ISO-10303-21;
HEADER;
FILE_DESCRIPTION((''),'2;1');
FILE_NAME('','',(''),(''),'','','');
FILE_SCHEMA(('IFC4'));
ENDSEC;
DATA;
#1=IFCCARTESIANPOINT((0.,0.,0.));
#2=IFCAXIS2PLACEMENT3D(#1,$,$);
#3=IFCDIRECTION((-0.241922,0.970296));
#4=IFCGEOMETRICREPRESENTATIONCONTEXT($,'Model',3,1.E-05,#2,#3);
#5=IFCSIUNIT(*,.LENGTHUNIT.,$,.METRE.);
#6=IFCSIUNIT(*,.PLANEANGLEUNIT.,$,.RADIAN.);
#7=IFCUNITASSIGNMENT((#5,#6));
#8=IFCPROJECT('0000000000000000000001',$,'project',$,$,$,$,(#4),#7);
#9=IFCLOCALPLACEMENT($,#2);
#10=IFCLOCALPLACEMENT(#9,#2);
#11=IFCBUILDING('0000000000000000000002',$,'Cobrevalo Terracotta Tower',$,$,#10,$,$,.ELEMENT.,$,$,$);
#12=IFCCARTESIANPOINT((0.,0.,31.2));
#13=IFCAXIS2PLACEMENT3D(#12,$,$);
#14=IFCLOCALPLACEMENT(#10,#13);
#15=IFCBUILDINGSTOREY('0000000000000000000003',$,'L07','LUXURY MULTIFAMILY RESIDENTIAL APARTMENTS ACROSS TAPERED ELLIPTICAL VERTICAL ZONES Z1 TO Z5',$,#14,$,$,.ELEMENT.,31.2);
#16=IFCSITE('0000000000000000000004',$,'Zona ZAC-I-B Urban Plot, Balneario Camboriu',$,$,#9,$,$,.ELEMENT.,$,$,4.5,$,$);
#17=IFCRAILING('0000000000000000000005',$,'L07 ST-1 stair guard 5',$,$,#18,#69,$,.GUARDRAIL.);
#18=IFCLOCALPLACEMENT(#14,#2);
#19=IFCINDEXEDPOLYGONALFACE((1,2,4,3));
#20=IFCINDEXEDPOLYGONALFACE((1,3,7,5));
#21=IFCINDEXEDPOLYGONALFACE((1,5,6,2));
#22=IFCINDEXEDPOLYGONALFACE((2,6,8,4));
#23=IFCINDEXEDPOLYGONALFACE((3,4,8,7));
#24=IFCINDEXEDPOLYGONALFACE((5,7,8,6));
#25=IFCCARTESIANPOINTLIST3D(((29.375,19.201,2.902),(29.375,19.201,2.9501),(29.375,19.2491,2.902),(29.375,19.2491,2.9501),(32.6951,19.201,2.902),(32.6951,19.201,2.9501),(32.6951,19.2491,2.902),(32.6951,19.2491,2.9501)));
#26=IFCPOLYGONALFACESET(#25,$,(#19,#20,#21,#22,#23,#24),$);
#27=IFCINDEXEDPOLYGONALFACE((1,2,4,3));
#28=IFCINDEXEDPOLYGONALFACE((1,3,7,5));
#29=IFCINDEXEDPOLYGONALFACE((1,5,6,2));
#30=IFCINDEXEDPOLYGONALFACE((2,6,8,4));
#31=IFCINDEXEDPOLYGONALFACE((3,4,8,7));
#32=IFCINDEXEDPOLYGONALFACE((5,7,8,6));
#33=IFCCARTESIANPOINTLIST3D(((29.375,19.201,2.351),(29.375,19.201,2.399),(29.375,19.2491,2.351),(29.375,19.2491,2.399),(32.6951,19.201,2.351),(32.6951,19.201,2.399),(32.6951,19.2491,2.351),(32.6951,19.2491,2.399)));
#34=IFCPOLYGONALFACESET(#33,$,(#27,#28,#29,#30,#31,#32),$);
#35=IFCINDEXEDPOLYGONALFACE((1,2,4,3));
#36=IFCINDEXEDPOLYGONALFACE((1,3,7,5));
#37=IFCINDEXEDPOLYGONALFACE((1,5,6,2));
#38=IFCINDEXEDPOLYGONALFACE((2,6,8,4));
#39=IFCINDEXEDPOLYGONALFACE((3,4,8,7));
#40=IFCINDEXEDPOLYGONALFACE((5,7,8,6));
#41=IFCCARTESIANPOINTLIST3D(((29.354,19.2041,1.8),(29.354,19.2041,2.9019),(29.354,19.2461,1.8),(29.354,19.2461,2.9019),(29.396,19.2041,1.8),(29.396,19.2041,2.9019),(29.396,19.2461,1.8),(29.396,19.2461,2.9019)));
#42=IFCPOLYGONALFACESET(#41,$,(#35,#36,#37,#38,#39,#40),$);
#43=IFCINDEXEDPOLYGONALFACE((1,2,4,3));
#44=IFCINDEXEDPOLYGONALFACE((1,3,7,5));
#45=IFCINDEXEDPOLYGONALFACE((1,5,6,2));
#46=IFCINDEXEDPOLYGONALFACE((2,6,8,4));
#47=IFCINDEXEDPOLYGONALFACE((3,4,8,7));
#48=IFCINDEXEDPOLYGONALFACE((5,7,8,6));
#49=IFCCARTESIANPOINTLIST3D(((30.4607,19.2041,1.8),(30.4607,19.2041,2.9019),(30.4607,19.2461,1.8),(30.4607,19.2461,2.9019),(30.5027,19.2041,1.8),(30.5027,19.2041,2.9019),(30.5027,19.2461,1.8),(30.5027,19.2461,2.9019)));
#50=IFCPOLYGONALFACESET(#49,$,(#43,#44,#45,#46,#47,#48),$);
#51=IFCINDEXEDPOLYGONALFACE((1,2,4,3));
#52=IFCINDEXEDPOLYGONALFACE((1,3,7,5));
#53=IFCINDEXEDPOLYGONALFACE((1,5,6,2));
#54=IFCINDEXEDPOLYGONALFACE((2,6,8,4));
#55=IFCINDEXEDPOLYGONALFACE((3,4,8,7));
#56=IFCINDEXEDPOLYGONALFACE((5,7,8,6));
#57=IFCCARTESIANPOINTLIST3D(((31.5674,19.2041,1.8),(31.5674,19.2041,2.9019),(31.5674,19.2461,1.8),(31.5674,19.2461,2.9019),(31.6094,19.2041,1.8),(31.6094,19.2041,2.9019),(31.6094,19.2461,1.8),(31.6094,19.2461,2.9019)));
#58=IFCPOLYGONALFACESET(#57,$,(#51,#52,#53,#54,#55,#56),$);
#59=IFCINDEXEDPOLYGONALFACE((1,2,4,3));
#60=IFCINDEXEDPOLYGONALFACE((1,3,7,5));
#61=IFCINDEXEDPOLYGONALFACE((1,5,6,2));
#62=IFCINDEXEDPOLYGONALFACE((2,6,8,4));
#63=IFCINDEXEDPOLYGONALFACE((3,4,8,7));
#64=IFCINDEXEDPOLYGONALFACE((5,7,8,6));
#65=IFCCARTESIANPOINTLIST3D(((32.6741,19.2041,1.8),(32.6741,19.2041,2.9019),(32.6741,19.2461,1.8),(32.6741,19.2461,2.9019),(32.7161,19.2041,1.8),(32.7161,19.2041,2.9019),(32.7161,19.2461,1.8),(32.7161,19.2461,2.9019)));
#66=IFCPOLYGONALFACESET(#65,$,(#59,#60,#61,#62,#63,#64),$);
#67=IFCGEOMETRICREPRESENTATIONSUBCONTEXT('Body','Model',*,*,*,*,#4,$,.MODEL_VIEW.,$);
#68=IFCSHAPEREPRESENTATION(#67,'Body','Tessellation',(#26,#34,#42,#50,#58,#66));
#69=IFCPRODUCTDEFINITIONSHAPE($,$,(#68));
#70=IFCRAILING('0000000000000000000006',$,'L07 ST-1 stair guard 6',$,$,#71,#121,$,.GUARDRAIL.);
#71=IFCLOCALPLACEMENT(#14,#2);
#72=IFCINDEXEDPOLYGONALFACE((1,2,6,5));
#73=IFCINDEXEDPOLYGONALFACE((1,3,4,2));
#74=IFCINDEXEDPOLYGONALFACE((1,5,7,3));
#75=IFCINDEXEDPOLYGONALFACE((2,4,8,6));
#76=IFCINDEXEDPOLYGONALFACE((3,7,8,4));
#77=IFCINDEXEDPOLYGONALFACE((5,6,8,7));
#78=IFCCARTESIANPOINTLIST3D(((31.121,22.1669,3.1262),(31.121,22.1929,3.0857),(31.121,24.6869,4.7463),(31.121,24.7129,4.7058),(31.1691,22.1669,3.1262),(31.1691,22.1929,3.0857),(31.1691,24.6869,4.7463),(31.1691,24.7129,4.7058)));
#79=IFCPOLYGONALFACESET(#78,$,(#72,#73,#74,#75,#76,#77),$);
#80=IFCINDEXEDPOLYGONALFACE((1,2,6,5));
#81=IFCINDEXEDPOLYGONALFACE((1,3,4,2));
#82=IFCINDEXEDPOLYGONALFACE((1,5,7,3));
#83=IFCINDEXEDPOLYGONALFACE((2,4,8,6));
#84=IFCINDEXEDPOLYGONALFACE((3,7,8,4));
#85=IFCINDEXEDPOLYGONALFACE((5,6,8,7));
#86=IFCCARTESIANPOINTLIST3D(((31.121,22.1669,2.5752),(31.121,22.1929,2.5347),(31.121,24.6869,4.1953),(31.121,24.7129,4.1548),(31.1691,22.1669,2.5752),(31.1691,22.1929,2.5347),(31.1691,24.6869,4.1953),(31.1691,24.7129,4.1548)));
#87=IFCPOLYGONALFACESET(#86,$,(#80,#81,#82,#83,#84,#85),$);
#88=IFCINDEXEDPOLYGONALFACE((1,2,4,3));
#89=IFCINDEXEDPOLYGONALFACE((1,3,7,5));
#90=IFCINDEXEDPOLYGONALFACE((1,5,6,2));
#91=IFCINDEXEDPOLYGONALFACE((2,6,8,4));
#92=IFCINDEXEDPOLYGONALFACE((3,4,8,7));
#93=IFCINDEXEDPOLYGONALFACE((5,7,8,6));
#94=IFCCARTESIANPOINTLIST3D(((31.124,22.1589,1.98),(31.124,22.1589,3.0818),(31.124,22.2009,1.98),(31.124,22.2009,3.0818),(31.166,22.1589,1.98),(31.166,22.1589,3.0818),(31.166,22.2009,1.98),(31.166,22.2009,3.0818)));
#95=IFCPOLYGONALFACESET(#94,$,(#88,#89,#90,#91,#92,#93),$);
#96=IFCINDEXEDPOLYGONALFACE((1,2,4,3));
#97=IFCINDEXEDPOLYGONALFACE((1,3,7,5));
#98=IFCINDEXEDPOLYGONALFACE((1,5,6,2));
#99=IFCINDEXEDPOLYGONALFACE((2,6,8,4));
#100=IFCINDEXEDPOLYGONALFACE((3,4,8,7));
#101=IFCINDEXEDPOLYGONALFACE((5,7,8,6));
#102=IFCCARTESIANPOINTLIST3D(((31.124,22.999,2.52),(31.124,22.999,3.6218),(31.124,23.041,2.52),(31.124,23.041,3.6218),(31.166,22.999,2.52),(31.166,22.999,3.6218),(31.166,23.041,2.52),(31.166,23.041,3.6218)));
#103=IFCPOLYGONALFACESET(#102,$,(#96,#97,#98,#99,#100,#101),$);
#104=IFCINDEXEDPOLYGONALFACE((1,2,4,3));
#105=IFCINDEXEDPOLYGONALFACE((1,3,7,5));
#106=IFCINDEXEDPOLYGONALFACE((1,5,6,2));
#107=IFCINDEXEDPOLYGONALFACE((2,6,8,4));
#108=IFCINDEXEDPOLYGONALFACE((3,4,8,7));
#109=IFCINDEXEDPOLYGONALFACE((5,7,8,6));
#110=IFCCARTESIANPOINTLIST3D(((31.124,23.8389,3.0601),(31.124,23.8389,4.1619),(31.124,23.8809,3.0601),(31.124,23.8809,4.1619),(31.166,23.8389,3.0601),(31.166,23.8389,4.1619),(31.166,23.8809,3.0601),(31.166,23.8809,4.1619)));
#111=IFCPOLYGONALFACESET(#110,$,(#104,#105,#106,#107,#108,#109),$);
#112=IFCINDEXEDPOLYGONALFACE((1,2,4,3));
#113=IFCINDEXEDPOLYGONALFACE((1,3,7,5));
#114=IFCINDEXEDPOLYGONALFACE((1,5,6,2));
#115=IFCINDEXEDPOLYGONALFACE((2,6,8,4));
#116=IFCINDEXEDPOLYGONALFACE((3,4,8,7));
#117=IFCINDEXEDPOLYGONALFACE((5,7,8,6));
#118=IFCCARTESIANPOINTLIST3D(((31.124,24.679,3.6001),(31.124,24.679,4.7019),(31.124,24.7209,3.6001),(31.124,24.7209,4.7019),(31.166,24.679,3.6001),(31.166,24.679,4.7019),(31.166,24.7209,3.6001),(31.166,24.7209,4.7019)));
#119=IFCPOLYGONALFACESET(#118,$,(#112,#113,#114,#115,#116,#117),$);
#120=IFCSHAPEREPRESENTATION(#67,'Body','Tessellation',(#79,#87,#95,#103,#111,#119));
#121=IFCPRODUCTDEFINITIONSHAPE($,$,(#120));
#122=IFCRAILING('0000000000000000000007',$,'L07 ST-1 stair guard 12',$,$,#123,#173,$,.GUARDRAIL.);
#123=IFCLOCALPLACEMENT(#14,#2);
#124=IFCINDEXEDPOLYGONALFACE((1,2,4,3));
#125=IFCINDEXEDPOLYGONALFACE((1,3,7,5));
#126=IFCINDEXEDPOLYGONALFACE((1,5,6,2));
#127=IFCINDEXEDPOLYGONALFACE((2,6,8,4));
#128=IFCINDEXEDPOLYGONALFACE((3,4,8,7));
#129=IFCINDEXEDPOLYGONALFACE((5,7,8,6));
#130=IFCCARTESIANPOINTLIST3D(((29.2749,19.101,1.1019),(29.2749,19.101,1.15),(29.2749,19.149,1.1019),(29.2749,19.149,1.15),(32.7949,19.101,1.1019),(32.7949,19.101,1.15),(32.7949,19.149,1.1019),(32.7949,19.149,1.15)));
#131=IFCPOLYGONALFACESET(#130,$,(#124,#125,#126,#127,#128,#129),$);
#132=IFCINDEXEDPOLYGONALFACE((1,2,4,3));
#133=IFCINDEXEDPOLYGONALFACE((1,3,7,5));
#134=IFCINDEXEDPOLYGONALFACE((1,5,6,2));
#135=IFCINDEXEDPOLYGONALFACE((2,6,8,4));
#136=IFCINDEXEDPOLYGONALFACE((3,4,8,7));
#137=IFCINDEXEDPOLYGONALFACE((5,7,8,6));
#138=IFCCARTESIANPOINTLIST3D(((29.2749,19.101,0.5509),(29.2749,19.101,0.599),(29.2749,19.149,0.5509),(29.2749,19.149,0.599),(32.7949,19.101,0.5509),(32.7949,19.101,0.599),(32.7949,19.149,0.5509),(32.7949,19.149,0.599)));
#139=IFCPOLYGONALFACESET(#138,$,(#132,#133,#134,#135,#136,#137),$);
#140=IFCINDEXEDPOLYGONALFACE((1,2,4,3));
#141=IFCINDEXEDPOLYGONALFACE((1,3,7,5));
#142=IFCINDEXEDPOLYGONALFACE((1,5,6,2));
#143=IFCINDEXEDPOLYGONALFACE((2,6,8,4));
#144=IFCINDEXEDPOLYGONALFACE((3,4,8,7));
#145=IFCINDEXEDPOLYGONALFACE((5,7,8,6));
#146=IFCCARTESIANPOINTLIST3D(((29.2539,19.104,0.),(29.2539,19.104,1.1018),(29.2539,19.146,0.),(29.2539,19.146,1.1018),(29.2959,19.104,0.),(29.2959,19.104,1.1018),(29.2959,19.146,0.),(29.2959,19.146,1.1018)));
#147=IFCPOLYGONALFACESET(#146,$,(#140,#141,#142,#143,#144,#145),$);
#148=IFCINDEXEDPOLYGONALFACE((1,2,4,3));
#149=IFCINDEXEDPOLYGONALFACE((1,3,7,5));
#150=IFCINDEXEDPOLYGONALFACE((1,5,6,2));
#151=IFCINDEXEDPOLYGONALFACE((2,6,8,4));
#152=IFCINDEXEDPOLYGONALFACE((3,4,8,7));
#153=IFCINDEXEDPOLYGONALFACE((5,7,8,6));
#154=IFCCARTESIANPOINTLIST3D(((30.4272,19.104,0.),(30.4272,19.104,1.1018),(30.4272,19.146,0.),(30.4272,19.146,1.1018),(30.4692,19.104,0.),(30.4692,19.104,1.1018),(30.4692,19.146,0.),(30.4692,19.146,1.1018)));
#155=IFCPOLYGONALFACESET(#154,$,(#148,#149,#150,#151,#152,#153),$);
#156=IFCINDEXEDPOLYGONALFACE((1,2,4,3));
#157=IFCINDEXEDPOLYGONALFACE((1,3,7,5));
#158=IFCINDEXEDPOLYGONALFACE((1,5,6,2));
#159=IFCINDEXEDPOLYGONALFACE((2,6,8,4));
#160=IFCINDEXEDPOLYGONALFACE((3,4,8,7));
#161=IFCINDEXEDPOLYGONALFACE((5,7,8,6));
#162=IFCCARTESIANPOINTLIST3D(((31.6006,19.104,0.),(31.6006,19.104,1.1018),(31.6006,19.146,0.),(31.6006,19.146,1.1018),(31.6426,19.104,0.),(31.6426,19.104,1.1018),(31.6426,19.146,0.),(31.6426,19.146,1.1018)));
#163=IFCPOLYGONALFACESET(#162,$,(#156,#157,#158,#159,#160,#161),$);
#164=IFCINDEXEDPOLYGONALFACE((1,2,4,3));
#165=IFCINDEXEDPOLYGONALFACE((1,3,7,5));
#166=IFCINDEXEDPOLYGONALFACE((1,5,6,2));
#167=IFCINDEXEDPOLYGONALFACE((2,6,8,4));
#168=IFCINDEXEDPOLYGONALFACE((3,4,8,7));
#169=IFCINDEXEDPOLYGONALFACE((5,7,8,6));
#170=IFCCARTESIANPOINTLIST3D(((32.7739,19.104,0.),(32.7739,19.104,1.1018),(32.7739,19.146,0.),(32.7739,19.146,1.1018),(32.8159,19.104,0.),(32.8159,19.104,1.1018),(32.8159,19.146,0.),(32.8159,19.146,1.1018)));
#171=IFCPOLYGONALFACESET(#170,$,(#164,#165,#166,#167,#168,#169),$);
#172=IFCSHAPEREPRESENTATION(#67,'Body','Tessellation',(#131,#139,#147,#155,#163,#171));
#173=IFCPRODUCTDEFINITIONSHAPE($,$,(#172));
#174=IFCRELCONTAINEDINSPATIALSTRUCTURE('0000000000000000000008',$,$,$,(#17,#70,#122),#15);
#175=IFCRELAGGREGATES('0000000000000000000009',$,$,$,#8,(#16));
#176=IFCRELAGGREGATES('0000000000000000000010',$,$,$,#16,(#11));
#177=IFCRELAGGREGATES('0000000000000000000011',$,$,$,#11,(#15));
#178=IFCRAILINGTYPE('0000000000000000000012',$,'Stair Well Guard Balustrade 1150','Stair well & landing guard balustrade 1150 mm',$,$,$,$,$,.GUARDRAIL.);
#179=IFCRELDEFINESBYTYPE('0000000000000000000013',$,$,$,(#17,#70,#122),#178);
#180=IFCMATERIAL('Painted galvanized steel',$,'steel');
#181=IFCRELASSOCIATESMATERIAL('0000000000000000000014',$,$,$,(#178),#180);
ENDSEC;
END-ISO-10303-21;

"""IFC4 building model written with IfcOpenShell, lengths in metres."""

from ifc_helpers import new_model, si_unit, direction, frame, origin, origin_2d, place, context, subcontext, project, spatial, rectangle, extrude, material, type_object, element, save


model = new_model("IFC4")

# Units and contexts
model_context = context("Model", 3, precision=1e-05, world=origin(), true_north=direction((-0.241922, 0.970296)))
body_context = subcontext(model_context, "Body", "Model", "MODEL_VIEW")
ifc_project = project(units=[si_unit("LENGTHUNIT", "METRE"), si_unit("PLANEANGLEUNIT", "RADIAN")], contexts=[model_context])

# Site, building, storey
site_placement = place(None, origin())
site = spatial("IfcSite", under=ifc_project, at=site_placement, Name="Zona ZAC-I-B Urban Plot, Balneario Camboriu", CompositionType="ELEMENT", RefElevation=4.5)
building_placement = place(site_placement, origin())
building = spatial("IfcBuilding", under=site, at=building_placement, Name="Cobrevalo Terracotta Tower", CompositionType="ELEMENT")
storey_placement = place(building_placement, frame((0.0, 0.0, 31.2)))
storey = spatial("IfcBuildingStorey", under=building, at=storey_placement, Name="L07", Description="LUXURY MULTIFAMILY RESIDENTIAL APARTMENTS ACROSS TAPERED ELLIPTICAL VERTICAL ZONES Z1 TO Z5", CompositionType="ELEMENT", Elevation=31.2)

# Railings
ifc_material_1 = material(Name="Painted galvanized steel", Category="steel")
railing_type_1 = type_object("IfcRailingType", Name="Stair Well Guard Balustrade 1150", Description="Stair well & landing guard balustrade 1150 mm", PredefinedType="GUARDRAIL", material=ifc_material_1)
railing_1_placement = place(storey_placement, frame((29.375, 19.2251, 1.8)))
element("IfcRailing", 1, at=railing_1_placement, inside=storey, type_object=railing_type_1, Name="L07 ST-1 stair guard 5", PredefinedType="GUARDRAIL", context=body_context, shape_type="SweptSolid", body=[
    extrude(rectangle(XDim=0.0481, YDim=0.0481, at=origin_2d()), frame((0.0, 0.0, 1.126), z_axis=(1.0, 0.0, 0.0), x_axis=(0.0, 1.0, 0.0)), (0.0, 0.0, 1.0), 3.3201),
    extrude(rectangle(XDim=0.0481, YDim=0.0481, at=origin_2d()), frame((0.0, 0.0, 0.575), z_axis=(1.0, 0.0, 0.0), x_axis=(0.0, 1.0, 0.0)), (0.0, 0.0, 1.0), 3.3201),
    extrude(rectangle(XDim=0.042, YDim=0.042, at=origin_2d()), origin(), (0.0, 0.0, 1.0), 1.1018),
    extrude(rectangle(XDim=0.042, YDim=0.042, at=origin_2d()), frame((1.1067, 0.0, 0.0)), (0.0, 0.0, 1.0), 1.1018),
    extrude(rectangle(XDim=0.042, YDim=0.042, at=origin_2d()), frame((2.2134, 0.0, 0.0)), (0.0, 0.0, 1.0), 1.1018),
    extrude(rectangle(XDim=0.042, YDim=0.042, at=origin_2d()), frame((3.3201, 0.0, 0.0)), (0.0, 0.0, 1.0), 1.1018),
])
railing_2_placement = place(storey_placement, frame((31.145, 22.1799, 1.98)))
element("IfcRailing", 2, at=railing_2_placement, inside=storey, type_object=railing_type_1, Name="L07 ST-1 stair guard 6", PredefinedType="GUARDRAIL", context=body_context, shape_type="SweptSolid", body=[
    extrude(rectangle(XDim=0.0481, YDim=0.0481, at=origin_2d()), frame((0.0, 0.0, 1.126), z_axis=(0.0, 0.841163, 0.540782), x_axis=(-1.0, 0.0, 0.0)), (0.0, 0.0, 1.0), 2.9958),
    extrude(rectangle(XDim=0.0481, YDim=0.0481, at=origin_2d()), frame((0.0, 0.0, 0.575), z_axis=(0.0, 0.841163, 0.540782), x_axis=(-1.0, 0.0, 0.0)), (0.0, 0.0, 1.0), 2.9958),
    extrude(rectangle(XDim=0.042, YDim=0.042, at=origin_2d()), origin(), (0.0, 0.0, 1.0), 1.1018),
    extrude(rectangle(XDim=0.042, YDim=0.042, at=origin_2d()), frame((0.0, 0.8401, 0.54)), (0.0, 0.0, 1.0), 1.1018),
    extrude(rectangle(XDim=0.042, YDim=0.042, at=origin_2d()), frame((0.0, 1.6799, 1.0801)), (0.0, 0.0, 1.0), 1.1018),
    extrude(rectangle(XDim=0.042, YDim=0.042, at=origin_2d()), frame((0.0, 2.52, 1.6201)), (0.0, 0.0, 1.0), 1.1018),
])
railing_3_placement = place(storey_placement, frame((29.2749, 19.125, 0.0)))
element("IfcRailing", 3, at=railing_3_placement, inside=storey, type_object=railing_type_1, Name="L07 ST-1 stair guard 12", PredefinedType="GUARDRAIL", context=body_context, shape_type="SweptSolid", body=[
    extrude(rectangle(XDim=0.0481, YDim=0.0481, at=origin_2d()), frame((0.0, 0.0, 1.126), z_axis=(1.0, 0.0, 0.0), x_axis=(0.0, 1.0, 0.0)), (0.0, 0.0, 1.0), 3.52),
    extrude(rectangle(XDim=0.0481, YDim=0.0481, at=origin_2d()), frame((0.0, 0.0, 0.575), z_axis=(1.0, 0.0, 0.0), x_axis=(0.0, 1.0, 0.0)), (0.0, 0.0, 1.0), 3.52),
    extrude(rectangle(XDim=0.042, YDim=0.042, at=origin_2d()), origin(), (0.0, 0.0, 1.0), 1.1018),
    extrude(rectangle(XDim=0.042, YDim=0.042, at=origin_2d()), frame((1.1733, 0.0, 0.0)), (0.0, 0.0, 1.0), 1.1018),
    extrude(rectangle(XDim=0.042, YDim=0.042, at=origin_2d()), frame((2.3467, 0.0, 0.0)), (0.0, 0.0, 1.0), 1.1018),
    extrude(rectangle(XDim=0.042, YDim=0.042, at=origin_2d()), frame((3.52, 0.0, 0.0)), (0.0, 0.0, 1.0), 1.1018),
])

save(model, "model.ifc")
